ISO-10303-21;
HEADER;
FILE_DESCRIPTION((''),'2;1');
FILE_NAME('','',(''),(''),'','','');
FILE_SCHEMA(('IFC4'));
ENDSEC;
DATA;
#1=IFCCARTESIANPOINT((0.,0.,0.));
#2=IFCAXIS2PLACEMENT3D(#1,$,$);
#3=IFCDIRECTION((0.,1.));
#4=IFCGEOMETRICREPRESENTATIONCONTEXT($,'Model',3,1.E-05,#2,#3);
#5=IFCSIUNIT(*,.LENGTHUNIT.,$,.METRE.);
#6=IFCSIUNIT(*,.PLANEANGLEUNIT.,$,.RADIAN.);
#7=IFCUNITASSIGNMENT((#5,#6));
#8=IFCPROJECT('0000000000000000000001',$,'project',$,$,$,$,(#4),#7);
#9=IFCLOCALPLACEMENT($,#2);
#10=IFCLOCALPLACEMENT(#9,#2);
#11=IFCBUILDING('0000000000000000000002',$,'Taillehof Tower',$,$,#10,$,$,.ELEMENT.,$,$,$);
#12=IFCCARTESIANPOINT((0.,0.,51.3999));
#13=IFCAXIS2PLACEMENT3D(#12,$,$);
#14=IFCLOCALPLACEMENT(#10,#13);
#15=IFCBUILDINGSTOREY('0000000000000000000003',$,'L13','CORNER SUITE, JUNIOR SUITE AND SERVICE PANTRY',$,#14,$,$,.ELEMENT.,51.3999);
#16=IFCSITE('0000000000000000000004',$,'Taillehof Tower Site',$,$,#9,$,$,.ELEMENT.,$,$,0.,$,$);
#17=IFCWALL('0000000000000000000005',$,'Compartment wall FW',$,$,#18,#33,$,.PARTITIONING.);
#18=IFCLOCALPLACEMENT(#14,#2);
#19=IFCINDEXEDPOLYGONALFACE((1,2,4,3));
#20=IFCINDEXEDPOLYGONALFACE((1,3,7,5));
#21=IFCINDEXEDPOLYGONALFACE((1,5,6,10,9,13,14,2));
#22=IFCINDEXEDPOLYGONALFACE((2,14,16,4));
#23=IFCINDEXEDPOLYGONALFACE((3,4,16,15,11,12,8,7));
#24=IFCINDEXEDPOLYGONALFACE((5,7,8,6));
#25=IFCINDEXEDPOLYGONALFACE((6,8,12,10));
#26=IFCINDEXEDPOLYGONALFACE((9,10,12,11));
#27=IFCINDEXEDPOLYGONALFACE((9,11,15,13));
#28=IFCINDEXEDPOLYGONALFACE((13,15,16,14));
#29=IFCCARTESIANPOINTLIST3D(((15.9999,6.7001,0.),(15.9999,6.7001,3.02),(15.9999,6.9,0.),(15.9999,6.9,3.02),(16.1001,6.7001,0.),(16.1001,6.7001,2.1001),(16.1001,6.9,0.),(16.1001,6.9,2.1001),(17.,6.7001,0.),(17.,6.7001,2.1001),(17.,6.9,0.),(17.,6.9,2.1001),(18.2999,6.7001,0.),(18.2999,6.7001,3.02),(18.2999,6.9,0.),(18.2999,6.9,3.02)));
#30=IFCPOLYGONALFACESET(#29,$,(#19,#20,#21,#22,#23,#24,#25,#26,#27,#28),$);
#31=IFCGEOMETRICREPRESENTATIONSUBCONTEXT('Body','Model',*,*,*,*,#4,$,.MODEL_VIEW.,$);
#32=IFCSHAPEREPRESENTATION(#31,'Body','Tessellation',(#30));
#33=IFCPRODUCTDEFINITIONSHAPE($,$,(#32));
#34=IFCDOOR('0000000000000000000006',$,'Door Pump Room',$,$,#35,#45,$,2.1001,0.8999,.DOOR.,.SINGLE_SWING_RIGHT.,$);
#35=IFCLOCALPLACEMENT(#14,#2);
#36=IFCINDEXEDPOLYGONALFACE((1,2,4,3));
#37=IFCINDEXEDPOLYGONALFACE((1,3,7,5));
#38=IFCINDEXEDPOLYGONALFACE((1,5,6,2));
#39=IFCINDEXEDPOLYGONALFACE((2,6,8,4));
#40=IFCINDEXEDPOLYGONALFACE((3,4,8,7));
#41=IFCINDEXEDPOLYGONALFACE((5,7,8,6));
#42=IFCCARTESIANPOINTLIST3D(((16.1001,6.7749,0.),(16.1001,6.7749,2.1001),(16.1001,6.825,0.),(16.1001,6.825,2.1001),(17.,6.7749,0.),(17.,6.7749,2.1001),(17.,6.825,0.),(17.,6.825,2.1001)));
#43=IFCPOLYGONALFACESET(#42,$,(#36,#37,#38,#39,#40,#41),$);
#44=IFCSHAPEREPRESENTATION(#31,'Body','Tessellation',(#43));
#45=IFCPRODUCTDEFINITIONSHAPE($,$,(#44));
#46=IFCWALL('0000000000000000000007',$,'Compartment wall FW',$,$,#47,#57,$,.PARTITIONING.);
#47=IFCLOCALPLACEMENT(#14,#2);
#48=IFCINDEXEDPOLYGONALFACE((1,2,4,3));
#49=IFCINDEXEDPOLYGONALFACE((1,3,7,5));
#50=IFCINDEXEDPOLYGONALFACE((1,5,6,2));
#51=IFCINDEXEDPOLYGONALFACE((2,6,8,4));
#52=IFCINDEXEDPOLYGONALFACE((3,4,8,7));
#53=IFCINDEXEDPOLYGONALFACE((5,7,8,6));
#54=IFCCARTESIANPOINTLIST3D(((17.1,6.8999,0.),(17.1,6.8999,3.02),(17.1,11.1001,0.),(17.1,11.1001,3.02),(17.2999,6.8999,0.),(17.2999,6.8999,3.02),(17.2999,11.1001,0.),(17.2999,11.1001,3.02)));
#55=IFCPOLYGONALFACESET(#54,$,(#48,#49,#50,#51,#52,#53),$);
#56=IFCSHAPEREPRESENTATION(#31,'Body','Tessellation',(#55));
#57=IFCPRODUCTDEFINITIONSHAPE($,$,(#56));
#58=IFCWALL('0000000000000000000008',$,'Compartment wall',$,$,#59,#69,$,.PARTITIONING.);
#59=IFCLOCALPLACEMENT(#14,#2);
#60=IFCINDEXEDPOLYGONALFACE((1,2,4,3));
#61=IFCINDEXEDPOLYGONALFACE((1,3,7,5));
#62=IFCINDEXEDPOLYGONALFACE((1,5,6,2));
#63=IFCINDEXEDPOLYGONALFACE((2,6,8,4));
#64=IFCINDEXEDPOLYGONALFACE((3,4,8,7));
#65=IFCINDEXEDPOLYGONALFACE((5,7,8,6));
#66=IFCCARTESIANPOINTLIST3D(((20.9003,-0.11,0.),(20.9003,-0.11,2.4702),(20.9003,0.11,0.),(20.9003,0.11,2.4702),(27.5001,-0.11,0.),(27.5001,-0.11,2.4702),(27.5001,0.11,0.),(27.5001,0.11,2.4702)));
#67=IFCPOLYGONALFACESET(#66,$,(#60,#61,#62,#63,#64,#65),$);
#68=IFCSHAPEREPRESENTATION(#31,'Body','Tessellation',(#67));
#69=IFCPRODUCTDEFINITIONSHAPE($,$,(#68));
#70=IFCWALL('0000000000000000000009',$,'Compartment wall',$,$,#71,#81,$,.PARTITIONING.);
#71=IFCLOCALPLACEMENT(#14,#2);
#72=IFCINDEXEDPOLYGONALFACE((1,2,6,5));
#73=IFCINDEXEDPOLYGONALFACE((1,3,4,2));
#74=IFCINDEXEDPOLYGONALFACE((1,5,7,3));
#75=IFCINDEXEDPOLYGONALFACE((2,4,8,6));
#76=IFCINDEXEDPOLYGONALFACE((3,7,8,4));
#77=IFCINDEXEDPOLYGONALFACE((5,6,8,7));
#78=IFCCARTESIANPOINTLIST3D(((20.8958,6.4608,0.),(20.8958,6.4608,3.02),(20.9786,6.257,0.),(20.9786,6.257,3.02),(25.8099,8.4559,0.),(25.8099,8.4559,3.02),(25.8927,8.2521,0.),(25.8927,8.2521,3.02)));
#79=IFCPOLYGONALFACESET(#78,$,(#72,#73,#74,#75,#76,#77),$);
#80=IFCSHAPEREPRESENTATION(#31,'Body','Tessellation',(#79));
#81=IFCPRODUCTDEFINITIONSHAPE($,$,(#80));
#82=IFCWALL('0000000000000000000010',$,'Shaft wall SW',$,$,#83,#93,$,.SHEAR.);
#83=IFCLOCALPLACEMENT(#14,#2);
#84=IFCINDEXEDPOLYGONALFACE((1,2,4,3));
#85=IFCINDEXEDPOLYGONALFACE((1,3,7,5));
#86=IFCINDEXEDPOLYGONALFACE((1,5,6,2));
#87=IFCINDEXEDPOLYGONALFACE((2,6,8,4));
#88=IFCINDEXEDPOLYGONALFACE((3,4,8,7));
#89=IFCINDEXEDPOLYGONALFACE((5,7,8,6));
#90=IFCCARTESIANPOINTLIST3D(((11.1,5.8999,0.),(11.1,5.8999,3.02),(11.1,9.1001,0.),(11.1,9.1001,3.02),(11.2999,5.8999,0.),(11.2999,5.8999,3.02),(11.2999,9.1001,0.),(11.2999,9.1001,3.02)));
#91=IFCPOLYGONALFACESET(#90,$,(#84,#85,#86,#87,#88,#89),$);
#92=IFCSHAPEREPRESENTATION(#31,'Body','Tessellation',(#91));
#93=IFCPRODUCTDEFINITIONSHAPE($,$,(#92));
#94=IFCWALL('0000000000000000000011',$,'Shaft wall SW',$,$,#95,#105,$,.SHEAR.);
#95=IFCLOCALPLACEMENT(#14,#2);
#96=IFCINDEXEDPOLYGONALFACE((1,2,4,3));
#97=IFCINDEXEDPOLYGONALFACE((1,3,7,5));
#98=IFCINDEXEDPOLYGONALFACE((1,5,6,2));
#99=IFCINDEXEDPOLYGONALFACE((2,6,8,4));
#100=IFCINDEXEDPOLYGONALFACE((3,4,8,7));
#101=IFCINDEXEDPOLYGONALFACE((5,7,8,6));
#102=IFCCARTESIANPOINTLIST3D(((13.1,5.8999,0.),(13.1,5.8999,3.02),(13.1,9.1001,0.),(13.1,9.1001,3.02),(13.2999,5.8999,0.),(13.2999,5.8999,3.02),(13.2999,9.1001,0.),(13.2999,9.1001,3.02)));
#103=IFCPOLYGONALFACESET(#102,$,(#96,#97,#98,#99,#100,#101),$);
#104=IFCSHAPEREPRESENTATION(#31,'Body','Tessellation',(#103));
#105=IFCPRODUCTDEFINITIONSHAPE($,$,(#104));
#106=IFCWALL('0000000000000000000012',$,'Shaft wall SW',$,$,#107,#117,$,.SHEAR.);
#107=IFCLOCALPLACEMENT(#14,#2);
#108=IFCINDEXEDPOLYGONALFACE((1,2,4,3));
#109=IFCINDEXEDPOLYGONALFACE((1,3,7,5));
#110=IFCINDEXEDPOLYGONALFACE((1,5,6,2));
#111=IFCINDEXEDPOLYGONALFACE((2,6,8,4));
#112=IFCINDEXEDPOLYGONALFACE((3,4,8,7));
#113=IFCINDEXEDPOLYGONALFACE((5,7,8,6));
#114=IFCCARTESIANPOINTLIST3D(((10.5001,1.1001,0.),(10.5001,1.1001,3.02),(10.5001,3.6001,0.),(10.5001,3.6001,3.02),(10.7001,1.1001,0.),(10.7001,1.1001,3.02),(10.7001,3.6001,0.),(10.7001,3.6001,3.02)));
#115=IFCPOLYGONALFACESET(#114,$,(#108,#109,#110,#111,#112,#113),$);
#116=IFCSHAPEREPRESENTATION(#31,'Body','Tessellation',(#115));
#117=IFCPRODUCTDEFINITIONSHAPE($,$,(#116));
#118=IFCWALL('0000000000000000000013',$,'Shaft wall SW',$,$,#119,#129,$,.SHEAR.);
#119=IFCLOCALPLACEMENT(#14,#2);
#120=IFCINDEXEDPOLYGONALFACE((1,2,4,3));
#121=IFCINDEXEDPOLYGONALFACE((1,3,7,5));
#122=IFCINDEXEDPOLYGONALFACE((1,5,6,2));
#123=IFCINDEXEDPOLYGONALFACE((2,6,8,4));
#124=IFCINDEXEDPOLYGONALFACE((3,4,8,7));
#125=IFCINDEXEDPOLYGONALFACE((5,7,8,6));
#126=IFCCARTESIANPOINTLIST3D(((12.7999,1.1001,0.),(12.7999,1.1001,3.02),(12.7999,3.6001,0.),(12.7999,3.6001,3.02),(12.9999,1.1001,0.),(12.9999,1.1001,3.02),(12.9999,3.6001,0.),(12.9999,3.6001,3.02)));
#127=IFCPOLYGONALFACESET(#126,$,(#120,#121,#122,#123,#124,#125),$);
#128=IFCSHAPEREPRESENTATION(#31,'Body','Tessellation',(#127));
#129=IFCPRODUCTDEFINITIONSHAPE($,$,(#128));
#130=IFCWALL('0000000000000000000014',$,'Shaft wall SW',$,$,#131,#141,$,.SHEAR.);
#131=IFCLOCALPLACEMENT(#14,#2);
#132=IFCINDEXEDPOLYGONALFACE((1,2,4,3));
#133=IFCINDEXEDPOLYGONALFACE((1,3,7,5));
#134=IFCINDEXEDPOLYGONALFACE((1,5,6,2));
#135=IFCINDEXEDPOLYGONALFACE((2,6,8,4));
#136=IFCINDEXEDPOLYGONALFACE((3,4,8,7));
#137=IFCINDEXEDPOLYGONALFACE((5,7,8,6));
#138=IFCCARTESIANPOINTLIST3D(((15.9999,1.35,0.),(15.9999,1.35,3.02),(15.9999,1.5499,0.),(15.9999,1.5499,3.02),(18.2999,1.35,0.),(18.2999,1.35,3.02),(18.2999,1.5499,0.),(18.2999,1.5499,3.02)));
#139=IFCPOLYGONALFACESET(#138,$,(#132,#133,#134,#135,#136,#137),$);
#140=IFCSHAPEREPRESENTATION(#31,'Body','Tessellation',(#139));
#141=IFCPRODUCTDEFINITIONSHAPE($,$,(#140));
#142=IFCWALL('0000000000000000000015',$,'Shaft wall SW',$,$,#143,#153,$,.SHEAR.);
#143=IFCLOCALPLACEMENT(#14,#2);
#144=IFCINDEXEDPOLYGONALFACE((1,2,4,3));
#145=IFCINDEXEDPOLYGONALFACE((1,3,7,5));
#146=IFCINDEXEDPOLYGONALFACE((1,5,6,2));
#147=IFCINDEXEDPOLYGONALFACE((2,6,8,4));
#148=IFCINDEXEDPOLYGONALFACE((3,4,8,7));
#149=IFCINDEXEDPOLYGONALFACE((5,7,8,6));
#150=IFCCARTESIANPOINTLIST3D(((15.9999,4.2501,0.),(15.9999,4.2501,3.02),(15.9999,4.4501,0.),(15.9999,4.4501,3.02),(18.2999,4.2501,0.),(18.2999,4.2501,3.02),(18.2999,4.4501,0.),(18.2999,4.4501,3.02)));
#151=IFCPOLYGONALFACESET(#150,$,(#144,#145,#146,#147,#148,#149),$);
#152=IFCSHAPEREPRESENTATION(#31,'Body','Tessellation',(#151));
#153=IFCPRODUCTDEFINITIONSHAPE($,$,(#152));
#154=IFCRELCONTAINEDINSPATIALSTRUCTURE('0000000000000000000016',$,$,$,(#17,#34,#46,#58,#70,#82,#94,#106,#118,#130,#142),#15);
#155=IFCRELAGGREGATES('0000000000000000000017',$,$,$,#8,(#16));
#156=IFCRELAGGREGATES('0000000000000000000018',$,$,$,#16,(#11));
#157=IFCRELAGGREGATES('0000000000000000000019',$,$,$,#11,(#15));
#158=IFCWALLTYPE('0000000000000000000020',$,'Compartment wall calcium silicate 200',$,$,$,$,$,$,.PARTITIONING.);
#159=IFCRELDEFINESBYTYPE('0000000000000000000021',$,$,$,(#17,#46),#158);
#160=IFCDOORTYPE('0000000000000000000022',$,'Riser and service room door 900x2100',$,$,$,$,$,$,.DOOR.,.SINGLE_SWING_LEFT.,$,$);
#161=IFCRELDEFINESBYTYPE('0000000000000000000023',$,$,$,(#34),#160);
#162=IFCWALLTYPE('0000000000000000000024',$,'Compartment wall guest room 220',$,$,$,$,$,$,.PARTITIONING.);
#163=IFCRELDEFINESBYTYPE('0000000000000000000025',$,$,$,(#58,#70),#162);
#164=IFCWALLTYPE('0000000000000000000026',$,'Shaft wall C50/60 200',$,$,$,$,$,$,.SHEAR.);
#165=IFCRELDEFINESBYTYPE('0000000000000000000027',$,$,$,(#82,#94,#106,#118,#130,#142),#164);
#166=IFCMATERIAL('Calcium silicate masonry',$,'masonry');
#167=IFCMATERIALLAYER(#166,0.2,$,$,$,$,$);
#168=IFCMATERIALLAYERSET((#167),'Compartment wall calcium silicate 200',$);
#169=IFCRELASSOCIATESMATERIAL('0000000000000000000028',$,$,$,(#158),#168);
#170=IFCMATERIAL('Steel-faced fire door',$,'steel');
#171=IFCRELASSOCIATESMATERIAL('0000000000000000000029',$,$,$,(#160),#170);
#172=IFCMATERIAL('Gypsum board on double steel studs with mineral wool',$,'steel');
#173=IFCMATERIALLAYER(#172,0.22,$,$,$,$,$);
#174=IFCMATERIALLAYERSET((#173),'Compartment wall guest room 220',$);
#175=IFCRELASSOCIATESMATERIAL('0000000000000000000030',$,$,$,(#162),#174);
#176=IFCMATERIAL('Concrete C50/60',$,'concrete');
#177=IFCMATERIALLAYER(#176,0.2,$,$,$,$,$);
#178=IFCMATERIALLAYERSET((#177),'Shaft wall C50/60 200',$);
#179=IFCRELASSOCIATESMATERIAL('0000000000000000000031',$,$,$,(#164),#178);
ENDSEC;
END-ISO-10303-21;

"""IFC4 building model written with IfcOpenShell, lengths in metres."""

from ifc_helpers import new_model, si_unit, direction, frame, frame_2d, origin, place, context, subcontext, project, spatial, rectangle, extrude, material, layer, layer_set, type_object, element, fill, save


model = new_model("IFC4")

# Units and contexts
model_context = context("Model", 3, precision=1e-05, world=origin(), true_north=direction((0.0, 1.0)))
body_context = subcontext(model_context, "Body", "Model", "MODEL_VIEW")
ifc_project = project(units=[si_unit("LENGTHUNIT", "METRE"), si_unit("PLANEANGLEUNIT", "RADIAN")], contexts=[model_context])

# Site, building, storey
site_placement = place(None, origin())
site = spatial("IfcSite", under=ifc_project, at=site_placement, Name="Taillehof Tower Site", CompositionType="ELEMENT", RefElevation=0.0)
building_placement = place(site_placement, origin())
building = spatial("IfcBuilding", under=site, at=building_placement, Name="Taillehof Tower", CompositionType="ELEMENT")
storey_placement = place(building_placement, frame((0.0, 0.0, 51.3999)))
storey = spatial("IfcBuildingStorey", under=building, at=storey_placement, Name="L13", Description="CORNER SUITE, JUNIOR SUITE AND SERVICE PANTRY", CompositionType="ELEMENT", Elevation=51.3999)

# Wall, opening, door
ifc_material_1 = material(Name="Calcium silicate masonry", Category="masonry")
ifc_layer_1 = layer(ifc_material_1, 0.2)
ifc_layer_set_1 = layer_set([ifc_layer_1], Name="Compartment wall calcium silicate 200")
wall_type_1 = type_object("IfcWallType", Name="Compartment wall calcium silicate 200", PredefinedType="PARTITIONING", material=ifc_layer_set_1)
wall_1_placement = place(storey_placement, frame((16.0, 6.8, 0.0), z_axis=(0.0, 0.0, 1.0), x_axis=(1.0, 0.0, 0.0)))
wall_1 = element("IfcWall", 1, at=wall_1_placement, inside=storey, type_object=wall_type_1, Name="Compartment wall FW", PredefinedType="PARTITIONING", context=body_context, shape_type="SweptSolid", body=[
    extrude(rectangle(XDim=2.3, YDim=0.2, at=frame_2d((1.1499, 0.0))), origin(), (0.0, 0.0, 1.0), 3.02),
])
opening_1_placement = place(wall_1_placement, frame((0.1001, 0.0, 0.0)))
opening_1 = element("IfcOpeningElement", 2, at=opening_1_placement, cuts=wall_1, PredefinedType="OPENING", context=body_context, shape_type="SweptSolid", body=[
    extrude(rectangle(XDim=0.8999, YDim=2.1001, at=frame_2d((0.45, 1.05))), frame((0.0, 0.1099, 0.0), z_axis=(0.0, -1.0, 0.0), x_axis=(1.0, 0.0, 0.0)), (0.0, 0.0, 1.0), 0.22),
])
ifc_material_2 = material(Name="Steel-faced fire door", Category="steel")
door_type = type_object("IfcDoorType", Name="Riser and service room door 900x2100", OperationType="SINGLE_SWING_LEFT", PredefinedType="DOOR", material=ifc_material_2)
door_placement = place(opening_1_placement, origin())
door = element("IfcDoor", 3, at=door_placement, inside=storey, type_object=door_type, Name="Door Pump Room", OperationType="SINGLE_SWING_RIGHT", OverallHeight=2.1001, OverallWidth=0.8999, PredefinedType="DOOR", context=body_context, shape_type="SweptSolid", body=[
    extrude(rectangle(XDim=0.8999, YDim=2.1001, at=frame_2d((0.45, 1.05))), frame((0.0, 0.0249, 0.0), z_axis=(0.0, -1.0, 0.0), x_axis=(1.0, 0.0, 0.0)), (0.0, 0.0, 1.0), 0.05),
])
fill(opening_1, door)

# Walls
wall_2_placement = place(storey_placement, frame((17.2, 6.8999, 0.0), z_axis=(0.0, 0.0, 1.0), x_axis=(0.0, 1.0, 0.0)))
element("IfcWall", 4, at=wall_2_placement, inside=storey, type_object=wall_type_1, Name="Compartment wall FW", PredefinedType="PARTITIONING", context=body_context, shape_type="SweptSolid", body=[
    extrude(rectangle(XDim=4.2002, YDim=0.2, at=frame_2d((2.1001, 0.0))), origin(), (0.0, 0.0, 1.0), 3.02),
])
ifc_material_3 = material(Name="Gypsum board on double steel studs with mineral wool", Category="steel")
ifc_layer_2 = layer(ifc_material_3, 0.22)
ifc_layer_set_2 = layer_set([ifc_layer_2], Name="Compartment wall guest room 220")
wall_type_2 = type_object("IfcWallType", Name="Compartment wall guest room 220", PredefinedType="PARTITIONING", material=ifc_layer_set_2)
wall_3_placement = place(storey_placement, frame((27.5, 0.0, 0.0), z_axis=(0.0, 0.0, 1.0), x_axis=(-1.0, 0.0, 0.0)))
element("IfcWall", 5, at=wall_3_placement, inside=storey, type_object=wall_type_2, Name="Compartment wall", PredefinedType="PARTITIONING", context=body_context, shape_type="SweptSolid", body=[
    extrude(rectangle(XDim=6.5999, YDim=0.22, at=frame_2d((3.2998, 0.0))), origin(), (0.0, 0.0, 1.0), 2.4702),
])
wall_4_placement = place(storey_placement, frame((25.8513, 8.354, 0.0), z_axis=(0.0, 0.0, 1.0), x_axis=(-0.926547, -0.376179, 0.0)))
element("IfcWall", 6, at=wall_4_placement, inside=storey, type_object=wall_type_2, Name="Compartment wall", PredefinedType="PARTITIONING", context=body_context, shape_type="SweptSolid", body=[
    extrude(rectangle(XDim=5.3037, YDim=0.22, at=frame_2d((2.6519, 0.0))), origin(), (0.0, 0.0, 1.0), 3.02),
])
ifc_material_4 = material(Name="Concrete C50/60", Category="concrete")
ifc_layer_3 = layer(ifc_material_4, 0.2)
ifc_layer_set_3 = layer_set([ifc_layer_3], Name="Shaft wall C50/60 200")
wall_type_3 = type_object("IfcWallType", Name="Shaft wall C50/60 200", PredefinedType="SHEAR", material=ifc_layer_set_3)
for number, where, z_axis, x_axis, name in (
    (7, (11.2, 5.8999, 0.0), (0.0, 0.0, 1.0), (0.0, 1.0, 0.0), "Shaft wall SW"),
    (8, (13.2, 5.8999, 0.0), (0.0, 0.0, 1.0), (0.0, 1.0, 0.0), "Shaft wall SW"),
):
    element("IfcWall", number, at=place(storey_placement, frame(where, z_axis=z_axis, x_axis=x_axis)), inside=storey, type_object=wall_type_3, Name=name, PredefinedType="SHEAR", context=body_context, shape_type="SweptSolid", body=[
        extrude(rectangle(XDim=3.2002, YDim=0.2, at=frame_2d((1.6001, 0.0))), origin(), (0.0, 0.0, 1.0), 3.02),
    ])
for number, where, z_axis, x_axis, name in (
    (9, (10.6001, 1.1001, 0.0), (0.0, 0.0, 1.0), (0.0, 1.0, 0.0), "Shaft wall SW"),
    (10, (12.8999, 1.1001, 0.0), (0.0, 0.0, 1.0), (0.0, 1.0, 0.0), "Shaft wall SW"),
):
    element("IfcWall", number, at=place(storey_placement, frame(where, z_axis=z_axis, x_axis=x_axis)), inside=storey, type_object=wall_type_3, Name=name, PredefinedType="SHEAR", context=body_context, shape_type="SweptSolid", body=[
        extrude(rectangle(XDim=2.5, YDim=0.2, at=frame_2d((1.25, 0.0))), origin(), (0.0, 0.0, 1.0), 3.02),
    ])
for number, where, z_axis, x_axis, name in (
    (11, (16.0, 1.45, 0.0), (0.0, 0.0, 1.0), (1.0, 0.0, 0.0), "Shaft wall SW"),
    (12, (16.0, 4.3501, 0.0), (0.0, 0.0, 1.0), (1.0, 0.0, 0.0), "Shaft wall SW"),
):
    element("IfcWall", number, at=place(storey_placement, frame(where, z_axis=z_axis, x_axis=x_axis)), inside=storey, type_object=wall_type_3, Name=name, PredefinedType="SHEAR", context=body_context, shape_type="SweptSolid", body=[
        extrude(rectangle(XDim=2.3, YDim=0.2, at=frame_2d((1.1499, 0.0))), origin(), (0.0, 0.0, 1.0), 3.02),
    ])

save(model, "model.ifc")
